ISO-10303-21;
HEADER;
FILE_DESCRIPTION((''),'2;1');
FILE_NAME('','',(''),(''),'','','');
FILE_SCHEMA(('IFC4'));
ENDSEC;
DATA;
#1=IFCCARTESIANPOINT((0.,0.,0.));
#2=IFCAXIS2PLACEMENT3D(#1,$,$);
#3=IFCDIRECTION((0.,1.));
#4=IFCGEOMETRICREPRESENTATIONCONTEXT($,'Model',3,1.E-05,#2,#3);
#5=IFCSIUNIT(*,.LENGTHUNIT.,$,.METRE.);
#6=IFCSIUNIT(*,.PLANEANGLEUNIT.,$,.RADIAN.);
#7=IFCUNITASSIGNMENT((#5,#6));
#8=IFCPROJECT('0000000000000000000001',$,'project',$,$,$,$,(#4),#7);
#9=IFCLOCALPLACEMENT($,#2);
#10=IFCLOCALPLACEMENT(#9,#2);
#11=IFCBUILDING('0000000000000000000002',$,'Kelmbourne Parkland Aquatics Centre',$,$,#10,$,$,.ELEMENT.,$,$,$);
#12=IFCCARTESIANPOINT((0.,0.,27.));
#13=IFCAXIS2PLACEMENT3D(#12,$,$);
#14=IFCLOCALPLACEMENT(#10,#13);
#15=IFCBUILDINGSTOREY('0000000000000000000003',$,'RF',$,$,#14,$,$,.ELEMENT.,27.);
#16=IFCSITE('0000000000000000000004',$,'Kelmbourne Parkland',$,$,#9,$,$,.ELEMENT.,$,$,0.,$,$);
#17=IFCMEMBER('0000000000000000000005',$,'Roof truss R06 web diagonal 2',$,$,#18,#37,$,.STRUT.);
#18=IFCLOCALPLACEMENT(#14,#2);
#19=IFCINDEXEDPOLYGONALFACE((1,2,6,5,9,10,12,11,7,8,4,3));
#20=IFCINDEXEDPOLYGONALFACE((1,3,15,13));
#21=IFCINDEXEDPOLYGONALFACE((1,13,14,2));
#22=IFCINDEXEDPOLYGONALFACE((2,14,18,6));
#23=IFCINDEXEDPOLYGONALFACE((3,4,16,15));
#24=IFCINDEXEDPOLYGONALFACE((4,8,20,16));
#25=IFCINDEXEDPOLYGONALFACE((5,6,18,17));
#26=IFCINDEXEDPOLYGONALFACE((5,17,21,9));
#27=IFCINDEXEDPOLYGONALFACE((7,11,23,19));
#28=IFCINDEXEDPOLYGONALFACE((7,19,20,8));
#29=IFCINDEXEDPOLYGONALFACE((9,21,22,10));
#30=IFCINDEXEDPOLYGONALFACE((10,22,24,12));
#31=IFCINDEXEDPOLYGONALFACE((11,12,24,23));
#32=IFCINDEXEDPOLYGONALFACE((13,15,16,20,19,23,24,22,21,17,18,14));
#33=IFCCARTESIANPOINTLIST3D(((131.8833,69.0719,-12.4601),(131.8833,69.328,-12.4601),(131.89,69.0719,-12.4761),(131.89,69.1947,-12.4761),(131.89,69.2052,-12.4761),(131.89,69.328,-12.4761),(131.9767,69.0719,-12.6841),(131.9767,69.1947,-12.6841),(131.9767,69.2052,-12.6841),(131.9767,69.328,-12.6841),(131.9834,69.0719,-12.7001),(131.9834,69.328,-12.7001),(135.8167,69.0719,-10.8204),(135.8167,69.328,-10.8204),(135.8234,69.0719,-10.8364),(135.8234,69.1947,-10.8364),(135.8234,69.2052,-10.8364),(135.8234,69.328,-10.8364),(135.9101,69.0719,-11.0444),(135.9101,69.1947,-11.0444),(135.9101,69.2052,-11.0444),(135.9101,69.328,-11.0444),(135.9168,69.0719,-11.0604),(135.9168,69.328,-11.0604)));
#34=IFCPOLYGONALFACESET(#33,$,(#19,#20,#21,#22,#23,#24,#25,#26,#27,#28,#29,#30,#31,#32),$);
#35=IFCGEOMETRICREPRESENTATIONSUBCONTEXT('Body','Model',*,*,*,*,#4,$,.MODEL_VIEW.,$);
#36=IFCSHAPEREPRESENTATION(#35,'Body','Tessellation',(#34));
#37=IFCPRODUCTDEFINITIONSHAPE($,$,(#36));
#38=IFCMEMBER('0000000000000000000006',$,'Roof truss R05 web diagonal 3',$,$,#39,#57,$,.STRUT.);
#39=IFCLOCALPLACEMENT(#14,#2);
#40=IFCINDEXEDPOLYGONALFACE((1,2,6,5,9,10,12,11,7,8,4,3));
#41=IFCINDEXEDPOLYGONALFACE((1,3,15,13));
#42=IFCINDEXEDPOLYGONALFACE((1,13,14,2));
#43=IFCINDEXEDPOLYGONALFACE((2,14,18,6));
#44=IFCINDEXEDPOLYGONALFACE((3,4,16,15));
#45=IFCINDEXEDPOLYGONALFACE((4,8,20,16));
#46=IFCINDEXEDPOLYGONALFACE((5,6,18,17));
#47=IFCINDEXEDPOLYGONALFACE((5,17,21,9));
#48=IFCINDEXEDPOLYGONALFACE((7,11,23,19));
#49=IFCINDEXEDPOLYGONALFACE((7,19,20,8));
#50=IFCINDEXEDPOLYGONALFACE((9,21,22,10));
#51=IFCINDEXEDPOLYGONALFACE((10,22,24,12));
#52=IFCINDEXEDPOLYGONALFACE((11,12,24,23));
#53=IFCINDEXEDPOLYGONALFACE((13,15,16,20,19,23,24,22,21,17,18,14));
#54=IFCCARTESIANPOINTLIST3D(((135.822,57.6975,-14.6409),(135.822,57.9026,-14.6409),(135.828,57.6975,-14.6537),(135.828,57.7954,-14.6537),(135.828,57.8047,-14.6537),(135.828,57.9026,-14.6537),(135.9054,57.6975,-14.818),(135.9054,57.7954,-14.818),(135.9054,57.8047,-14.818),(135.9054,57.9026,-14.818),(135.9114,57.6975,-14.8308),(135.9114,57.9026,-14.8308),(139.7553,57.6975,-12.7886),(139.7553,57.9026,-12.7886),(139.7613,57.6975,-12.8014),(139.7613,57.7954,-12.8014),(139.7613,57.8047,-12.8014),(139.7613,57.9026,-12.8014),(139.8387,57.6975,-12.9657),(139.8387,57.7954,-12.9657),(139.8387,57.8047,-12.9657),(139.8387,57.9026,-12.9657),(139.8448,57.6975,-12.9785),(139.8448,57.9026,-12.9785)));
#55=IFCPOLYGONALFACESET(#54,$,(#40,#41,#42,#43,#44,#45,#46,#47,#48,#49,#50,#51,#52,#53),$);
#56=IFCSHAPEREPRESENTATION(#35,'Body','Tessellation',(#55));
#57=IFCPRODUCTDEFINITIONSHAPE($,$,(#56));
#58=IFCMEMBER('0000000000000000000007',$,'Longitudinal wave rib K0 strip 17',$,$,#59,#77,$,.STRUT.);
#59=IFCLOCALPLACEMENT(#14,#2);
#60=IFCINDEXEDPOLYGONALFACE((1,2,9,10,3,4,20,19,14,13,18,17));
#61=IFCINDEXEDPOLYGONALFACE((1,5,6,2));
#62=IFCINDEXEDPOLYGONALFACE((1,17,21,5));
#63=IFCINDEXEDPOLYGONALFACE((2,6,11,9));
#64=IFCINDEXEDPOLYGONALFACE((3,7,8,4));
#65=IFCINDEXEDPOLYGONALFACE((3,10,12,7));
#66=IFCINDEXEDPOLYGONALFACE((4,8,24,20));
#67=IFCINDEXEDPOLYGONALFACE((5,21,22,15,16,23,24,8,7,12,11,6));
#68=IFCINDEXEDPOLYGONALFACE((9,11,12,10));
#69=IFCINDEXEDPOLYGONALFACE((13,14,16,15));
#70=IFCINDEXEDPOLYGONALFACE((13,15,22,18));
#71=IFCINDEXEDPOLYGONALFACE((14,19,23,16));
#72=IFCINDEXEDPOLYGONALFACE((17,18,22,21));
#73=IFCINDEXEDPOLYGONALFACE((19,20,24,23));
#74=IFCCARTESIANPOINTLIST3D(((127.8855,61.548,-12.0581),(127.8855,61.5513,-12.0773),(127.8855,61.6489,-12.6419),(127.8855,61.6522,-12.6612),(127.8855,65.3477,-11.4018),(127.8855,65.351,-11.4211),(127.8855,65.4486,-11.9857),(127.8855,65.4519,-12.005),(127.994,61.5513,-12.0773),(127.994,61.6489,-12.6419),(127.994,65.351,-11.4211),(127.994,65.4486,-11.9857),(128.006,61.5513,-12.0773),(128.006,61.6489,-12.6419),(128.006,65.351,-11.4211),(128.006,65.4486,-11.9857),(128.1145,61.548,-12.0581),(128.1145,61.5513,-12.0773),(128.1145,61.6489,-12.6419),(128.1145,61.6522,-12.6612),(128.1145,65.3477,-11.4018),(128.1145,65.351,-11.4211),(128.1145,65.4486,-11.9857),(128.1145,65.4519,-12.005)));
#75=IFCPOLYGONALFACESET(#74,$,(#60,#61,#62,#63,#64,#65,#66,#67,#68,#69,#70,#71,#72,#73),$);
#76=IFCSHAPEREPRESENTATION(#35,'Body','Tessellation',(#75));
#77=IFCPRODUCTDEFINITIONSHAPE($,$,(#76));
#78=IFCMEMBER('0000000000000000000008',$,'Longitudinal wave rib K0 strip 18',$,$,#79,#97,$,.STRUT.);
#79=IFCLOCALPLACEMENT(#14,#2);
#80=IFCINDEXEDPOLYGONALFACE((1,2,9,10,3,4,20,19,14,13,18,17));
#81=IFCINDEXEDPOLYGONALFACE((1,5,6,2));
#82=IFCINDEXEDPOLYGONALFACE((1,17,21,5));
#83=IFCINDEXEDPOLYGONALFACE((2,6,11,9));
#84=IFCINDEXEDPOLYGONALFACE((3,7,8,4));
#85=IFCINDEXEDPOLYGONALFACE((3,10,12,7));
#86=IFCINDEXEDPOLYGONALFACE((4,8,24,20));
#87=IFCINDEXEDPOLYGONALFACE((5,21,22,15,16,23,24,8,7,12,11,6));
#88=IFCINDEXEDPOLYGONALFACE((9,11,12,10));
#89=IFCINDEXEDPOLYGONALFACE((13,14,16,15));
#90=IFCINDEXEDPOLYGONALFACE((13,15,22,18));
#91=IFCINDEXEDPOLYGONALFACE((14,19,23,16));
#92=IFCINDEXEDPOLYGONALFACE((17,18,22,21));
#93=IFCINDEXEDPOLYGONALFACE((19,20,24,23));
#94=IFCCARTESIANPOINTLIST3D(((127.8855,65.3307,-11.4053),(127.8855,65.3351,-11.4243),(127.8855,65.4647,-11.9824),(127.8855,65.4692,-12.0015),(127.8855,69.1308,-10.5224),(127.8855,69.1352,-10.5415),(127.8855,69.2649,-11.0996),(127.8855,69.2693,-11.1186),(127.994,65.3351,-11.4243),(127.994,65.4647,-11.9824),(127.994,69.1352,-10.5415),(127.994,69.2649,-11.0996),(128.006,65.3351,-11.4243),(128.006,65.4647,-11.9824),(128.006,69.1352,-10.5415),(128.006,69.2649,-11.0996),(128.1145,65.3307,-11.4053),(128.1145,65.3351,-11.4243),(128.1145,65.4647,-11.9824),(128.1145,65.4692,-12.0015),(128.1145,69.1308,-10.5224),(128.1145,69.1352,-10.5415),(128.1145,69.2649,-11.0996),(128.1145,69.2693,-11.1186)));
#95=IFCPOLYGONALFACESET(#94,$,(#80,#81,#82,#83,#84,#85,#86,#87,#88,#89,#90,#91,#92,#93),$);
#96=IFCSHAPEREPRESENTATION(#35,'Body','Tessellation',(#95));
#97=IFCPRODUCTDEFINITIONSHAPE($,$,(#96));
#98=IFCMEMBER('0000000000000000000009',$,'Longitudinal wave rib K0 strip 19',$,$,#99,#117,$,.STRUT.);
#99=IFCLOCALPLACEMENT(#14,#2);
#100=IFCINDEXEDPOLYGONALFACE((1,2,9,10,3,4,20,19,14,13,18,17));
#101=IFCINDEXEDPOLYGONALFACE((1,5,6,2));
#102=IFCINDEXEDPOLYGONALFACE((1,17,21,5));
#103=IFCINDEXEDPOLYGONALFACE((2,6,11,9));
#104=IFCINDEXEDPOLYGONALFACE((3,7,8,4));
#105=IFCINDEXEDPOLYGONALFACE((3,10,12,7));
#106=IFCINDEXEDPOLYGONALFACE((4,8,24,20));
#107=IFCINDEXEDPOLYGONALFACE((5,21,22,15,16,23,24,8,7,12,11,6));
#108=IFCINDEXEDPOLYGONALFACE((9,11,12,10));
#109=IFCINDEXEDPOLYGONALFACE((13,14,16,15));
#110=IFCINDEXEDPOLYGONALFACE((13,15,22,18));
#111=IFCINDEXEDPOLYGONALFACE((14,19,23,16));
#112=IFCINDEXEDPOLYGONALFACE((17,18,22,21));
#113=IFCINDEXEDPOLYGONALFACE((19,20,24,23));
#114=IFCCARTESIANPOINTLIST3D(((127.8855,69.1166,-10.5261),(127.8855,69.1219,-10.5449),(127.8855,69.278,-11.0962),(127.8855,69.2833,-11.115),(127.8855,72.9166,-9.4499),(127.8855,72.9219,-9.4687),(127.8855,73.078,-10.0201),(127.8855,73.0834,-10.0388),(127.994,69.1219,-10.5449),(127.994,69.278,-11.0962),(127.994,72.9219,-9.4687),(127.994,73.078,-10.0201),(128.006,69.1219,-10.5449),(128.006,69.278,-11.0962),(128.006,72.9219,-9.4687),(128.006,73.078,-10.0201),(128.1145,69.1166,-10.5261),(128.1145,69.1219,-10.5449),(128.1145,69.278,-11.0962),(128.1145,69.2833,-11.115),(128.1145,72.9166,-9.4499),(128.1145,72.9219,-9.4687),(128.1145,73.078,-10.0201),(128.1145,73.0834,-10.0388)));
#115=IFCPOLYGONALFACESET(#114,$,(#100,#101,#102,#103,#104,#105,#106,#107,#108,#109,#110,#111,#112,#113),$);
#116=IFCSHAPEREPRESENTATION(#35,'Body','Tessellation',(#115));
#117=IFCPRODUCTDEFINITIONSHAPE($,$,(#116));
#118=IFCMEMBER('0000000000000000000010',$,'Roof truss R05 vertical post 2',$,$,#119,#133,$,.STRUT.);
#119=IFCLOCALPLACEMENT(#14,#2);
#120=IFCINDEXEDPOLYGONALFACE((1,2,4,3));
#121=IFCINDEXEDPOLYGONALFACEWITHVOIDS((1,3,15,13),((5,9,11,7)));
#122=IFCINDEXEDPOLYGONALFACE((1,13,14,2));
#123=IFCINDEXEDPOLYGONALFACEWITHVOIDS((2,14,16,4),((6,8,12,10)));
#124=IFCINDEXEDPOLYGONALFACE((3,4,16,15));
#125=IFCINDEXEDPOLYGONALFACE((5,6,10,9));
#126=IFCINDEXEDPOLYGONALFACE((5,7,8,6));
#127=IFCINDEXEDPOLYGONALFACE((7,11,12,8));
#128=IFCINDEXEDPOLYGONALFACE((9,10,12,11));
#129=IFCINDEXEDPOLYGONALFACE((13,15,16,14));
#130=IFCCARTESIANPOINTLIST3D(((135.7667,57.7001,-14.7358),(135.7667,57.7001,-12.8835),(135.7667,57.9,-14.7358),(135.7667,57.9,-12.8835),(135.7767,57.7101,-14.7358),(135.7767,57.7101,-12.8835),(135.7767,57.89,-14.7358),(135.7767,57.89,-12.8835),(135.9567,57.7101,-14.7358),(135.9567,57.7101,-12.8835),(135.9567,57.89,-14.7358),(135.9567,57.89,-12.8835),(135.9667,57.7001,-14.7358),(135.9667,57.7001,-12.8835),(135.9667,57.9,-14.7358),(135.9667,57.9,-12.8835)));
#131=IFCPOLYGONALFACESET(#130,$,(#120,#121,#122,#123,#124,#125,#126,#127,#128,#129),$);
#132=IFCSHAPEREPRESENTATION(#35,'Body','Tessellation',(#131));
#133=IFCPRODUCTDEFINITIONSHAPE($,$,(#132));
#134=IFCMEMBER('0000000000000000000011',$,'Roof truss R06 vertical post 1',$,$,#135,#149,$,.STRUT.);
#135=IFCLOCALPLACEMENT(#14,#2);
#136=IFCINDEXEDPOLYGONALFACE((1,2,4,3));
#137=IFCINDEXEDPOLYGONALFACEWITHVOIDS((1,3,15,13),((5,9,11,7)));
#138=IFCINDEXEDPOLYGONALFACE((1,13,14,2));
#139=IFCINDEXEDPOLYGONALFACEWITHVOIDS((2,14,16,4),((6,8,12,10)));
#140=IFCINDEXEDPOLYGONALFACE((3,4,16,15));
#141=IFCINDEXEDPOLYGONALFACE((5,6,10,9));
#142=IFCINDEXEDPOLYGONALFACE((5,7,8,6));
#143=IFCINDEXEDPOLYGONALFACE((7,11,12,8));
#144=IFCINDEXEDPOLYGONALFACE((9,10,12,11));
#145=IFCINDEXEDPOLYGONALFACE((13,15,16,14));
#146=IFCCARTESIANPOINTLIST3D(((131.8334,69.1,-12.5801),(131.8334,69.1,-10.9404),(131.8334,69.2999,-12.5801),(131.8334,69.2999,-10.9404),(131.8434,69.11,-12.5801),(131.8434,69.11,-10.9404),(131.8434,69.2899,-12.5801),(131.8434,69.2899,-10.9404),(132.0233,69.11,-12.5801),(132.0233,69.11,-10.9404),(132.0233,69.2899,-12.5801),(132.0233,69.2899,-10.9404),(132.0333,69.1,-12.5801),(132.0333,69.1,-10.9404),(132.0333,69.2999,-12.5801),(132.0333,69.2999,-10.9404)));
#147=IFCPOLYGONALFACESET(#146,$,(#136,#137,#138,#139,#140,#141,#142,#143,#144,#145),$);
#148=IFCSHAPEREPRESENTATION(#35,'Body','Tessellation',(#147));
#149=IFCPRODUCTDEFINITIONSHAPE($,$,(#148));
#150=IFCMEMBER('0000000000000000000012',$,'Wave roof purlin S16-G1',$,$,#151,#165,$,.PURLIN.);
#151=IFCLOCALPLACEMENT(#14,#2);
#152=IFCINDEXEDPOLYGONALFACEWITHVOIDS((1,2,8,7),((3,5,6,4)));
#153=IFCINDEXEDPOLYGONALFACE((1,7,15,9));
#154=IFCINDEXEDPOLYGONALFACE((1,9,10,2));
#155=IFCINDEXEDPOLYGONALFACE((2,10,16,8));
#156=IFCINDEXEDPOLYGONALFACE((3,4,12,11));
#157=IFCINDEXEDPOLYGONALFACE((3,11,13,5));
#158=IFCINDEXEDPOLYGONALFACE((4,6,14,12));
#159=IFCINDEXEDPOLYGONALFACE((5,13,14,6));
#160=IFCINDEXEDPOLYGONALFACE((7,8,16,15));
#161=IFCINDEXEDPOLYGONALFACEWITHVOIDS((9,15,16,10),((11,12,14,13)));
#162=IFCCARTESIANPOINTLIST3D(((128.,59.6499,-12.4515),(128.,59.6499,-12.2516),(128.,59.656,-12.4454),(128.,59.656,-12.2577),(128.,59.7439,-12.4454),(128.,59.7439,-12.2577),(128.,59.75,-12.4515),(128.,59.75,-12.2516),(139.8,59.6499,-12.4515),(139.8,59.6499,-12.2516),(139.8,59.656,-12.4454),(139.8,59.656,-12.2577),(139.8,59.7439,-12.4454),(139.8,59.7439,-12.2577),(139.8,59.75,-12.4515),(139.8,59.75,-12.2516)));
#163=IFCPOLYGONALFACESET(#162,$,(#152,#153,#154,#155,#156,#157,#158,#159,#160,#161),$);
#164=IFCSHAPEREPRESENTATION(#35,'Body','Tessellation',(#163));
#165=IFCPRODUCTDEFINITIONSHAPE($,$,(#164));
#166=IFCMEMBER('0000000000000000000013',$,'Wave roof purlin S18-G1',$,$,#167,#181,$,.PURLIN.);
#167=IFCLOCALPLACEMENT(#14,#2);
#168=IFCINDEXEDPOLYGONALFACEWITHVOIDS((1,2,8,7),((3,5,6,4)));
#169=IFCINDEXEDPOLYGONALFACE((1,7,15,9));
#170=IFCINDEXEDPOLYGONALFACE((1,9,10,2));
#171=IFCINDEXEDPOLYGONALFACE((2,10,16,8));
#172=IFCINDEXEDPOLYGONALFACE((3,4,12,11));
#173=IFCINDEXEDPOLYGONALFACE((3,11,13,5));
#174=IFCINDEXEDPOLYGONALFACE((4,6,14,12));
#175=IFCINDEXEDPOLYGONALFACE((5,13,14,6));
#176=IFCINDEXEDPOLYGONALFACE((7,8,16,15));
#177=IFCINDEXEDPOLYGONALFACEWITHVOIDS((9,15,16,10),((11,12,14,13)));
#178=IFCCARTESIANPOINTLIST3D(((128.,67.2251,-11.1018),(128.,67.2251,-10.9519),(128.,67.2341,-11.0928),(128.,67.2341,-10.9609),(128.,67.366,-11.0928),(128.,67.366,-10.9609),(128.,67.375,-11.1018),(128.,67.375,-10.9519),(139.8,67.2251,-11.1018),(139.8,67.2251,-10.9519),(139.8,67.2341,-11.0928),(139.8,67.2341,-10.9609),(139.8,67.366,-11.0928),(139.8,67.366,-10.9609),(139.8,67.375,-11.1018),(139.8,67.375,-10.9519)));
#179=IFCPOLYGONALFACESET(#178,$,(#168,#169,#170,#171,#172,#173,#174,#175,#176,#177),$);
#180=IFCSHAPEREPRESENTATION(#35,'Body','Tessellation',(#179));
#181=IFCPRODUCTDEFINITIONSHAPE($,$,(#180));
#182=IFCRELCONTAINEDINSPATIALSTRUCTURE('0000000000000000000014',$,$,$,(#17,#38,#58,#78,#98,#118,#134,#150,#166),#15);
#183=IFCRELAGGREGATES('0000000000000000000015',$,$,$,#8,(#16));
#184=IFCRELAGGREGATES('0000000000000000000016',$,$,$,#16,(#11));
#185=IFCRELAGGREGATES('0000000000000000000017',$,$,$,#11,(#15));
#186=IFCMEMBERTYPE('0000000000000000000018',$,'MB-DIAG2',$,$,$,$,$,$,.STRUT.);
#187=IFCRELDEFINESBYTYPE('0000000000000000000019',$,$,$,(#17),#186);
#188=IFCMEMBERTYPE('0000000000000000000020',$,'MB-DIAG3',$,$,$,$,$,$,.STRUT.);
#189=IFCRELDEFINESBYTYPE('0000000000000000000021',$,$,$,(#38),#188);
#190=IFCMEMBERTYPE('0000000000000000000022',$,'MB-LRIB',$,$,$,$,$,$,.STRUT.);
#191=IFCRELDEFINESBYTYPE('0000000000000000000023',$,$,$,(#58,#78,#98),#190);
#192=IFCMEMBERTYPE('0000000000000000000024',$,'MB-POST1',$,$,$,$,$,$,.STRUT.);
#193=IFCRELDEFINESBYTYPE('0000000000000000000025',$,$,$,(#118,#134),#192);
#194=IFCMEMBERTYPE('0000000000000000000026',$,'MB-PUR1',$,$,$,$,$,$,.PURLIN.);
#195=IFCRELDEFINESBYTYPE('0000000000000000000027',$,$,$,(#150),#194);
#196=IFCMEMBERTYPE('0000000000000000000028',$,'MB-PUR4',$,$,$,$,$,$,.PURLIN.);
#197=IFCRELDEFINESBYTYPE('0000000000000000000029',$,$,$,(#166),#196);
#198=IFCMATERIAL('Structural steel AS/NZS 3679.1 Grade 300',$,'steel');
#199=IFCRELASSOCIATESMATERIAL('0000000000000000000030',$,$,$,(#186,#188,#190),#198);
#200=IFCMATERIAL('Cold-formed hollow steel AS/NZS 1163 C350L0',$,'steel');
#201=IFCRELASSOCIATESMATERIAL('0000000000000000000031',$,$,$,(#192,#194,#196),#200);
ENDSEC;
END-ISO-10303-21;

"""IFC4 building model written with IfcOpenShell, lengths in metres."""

from ifc_helpers import new_model, si_unit, direction, frame, origin, origin_2d, place, context, subcontext, project, spatial, hollow_rectangle, i_section, extrude, material, material_profile, profile_set, type_object, element, save


model = new_model("IFC4")

# Units and contexts
model_context = context("Model", 3, precision=1e-05, world=origin(), true_north=direction((0.0, 1.0)))
body_context = subcontext(model_context, "Body", "Model", "MODEL_VIEW")
ifc_project = project(units=[si_unit("LENGTHUNIT", "METRE"), si_unit("PLANEANGLEUNIT", "RADIAN")], contexts=[model_context])

# Site, building, storey
site_placement = place(None, origin())
site = spatial("IfcSite", under=ifc_project, at=site_placement, Name="Kelmbourne Parkland", CompositionType="ELEMENT", RefElevation=0.0)
building_placement = place(site_placement, origin())
building = spatial("IfcBuilding", under=site, at=building_placement, Name="Kelmbourne Parkland Aquatics Centre", CompositionType="ELEMENT")
storey_placement = place(building_placement, frame((0.0, 0.0, 27.0)))
storey = spatial("IfcBuildingStorey", under=building, at=storey_placement, Name="RF", CompositionType="ELEMENT", Elevation=27.0)

# Members
ifc_material_1 = material(Name="Structural steel AS/NZS 3679.1 Grade 300", Category="steel")
ifc_material_profile_1 = material_profile(ifc_material_1, i_section(OverallWidth=0.2561, OverallDepth=0.26, WebThickness=0.0105, FlangeThickness=0.0173, at=origin_2d()), Name="250UC89.5")
ifc_profile_set_1 = profile_set([ifc_material_profile_1], Name="Structural steel AS/NZS 3679.1 Grade 300")
member_type_1 = type_object("IfcMemberType", Name="MB-DIAG2", PredefinedType="STRUT", material=ifc_profile_set_1)
member_1_placement = place(storey_placement, frame((131.9333, 69.2, -12.5801), z_axis=(0.923014, 0.0, 0.384766), x_axis=(0.0, 1.0, 0.0)))
element("IfcMember", 1, at=member_1_placement, inside=storey, type_object=member_type_1, Name="Roof truss R06 web diagonal 2", PredefinedType="STRUT", context=body_context, shape_type="SweptSolid", body=[
    extrude(i_section(OverallWidth=0.2561, OverallDepth=0.26, WebThickness=0.0105, FlangeThickness=0.0173, at=origin_2d()), origin(), (0.0, 0.0, 1.0), 4.2615),
])
ifc_material_profile_2 = material_profile(ifc_material_1, i_section(OverallWidth=0.2051, OverallDepth=0.21, WebThickness=0.0093, FlangeThickness=0.0142, at=origin_2d()), Name="200UC59.5")
ifc_profile_set_2 = profile_set([ifc_material_profile_2], Name="Structural steel AS/NZS 3679.1 Grade 300")
member_type_2 = type_object("IfcMemberType", Name="MB-DIAG3", PredefinedType="STRUT", material=ifc_profile_set_2)
member_2_placement = place(storey_placement, frame((135.8667, 57.8, -14.7358), z_axis=(0.904703, 0.0, 0.426043), x_axis=(0.0, 1.0, 0.0)))
element("IfcMember", 2, at=member_2_placement, inside=storey, type_object=member_type_2, Name="Roof truss R05 web diagonal 3", PredefinedType="STRUT", context=body_context, shape_type="SweptSolid", body=[
    extrude(i_section(OverallWidth=0.2051, OverallDepth=0.21, WebThickness=0.0093, FlangeThickness=0.0142, at=origin_2d()), origin(), (0.0, 0.0, 1.0), 4.3477),
])
ifc_material_profile_3 = material_profile(ifc_material_1, i_section(OverallWidth=0.229, OverallDepth=0.6121, WebThickness=0.012, FlangeThickness=0.0195, at=origin_2d()), Name="610UB125")
ifc_profile_set_3 = profile_set([ifc_material_profile_3], Name="Structural steel AS/NZS 3679.1 Grade 300")
member_type_3 = type_object("IfcMemberType", Name="MB-LRIB", PredefinedType="STRUT", material=ifc_profile_set_3)
member_3_placement = place(storey_placement, frame((128.0, 61.6001, -12.3596), z_axis=(0.0, 0.985412, 0.170187), x_axis=(-1.0, 0.0, 0.0)))
element("IfcMember", 3, at=member_3_placement, inside=storey, type_object=member_type_3, Name="Longitudinal wave rib K0 strip 17", PredefinedType="STRUT", context=body_context, shape_type="SweptSolid", body=[
    extrude(i_section(OverallWidth=0.229, OverallDepth=0.6121, WebThickness=0.012, FlangeThickness=0.0195, at=origin_2d()), origin(), (0.0, 0.0, 1.0), 3.856),
])
member_4_placement = place(storey_placement, frame((128.0, 65.3999, -11.7034), z_axis=(0.0, 0.97406, 0.22629), x_axis=(-1.0, 0.0, 0.0)))
element("IfcMember", 4, at=member_4_placement, inside=storey, type_object=member_type_3, Name="Longitudinal wave rib K0 strip 18", PredefinedType="STRUT", context=body_context, shape_type="SweptSolid", body=[
    extrude(i_section(OverallWidth=0.229, OverallDepth=0.6121, WebThickness=0.012, FlangeThickness=0.0195, at=origin_2d()), origin(), (0.0, 0.0, 1.0), 3.9014),
])
member_5_placement = place(storey_placement, frame((128.0, 69.2, -10.8206), z_axis=(0.0, 0.96216, 0.272483), x_axis=(-1.0, 0.0, 0.0)))
element("IfcMember", 5, at=member_5_placement, inside=storey, type_object=member_type_3, Name="Longitudinal wave rib K0 strip 19", PredefinedType="STRUT", context=body_context, shape_type="SweptSolid", body=[
    extrude(i_section(OverallWidth=0.229, OverallDepth=0.6121, WebThickness=0.012, FlangeThickness=0.0195, at=origin_2d()), origin(), (0.0, 0.0, 1.0), 3.9495),
])
ifc_material_2 = material(Name="Cold-formed hollow steel AS/NZS 1163 C350L0", Category="steel")
ifc_material_profile_4 = material_profile(ifc_material_2, hollow_rectangle(XDim=0.2, YDim=0.2, WallThickness=0.01, at=origin_2d()), Name="SHS 200x200x10.0")
ifc_profile_set_4 = profile_set([ifc_material_profile_4], Name="Cold-formed hollow steel AS/NZS 1163 C350L0")
member_type_4 = type_object("IfcMemberType", Name="MB-POST1", PredefinedType="STRUT", material=ifc_profile_set_4)
member_6_placement = place(storey_placement, frame((135.8667, 57.8, -14.7358), z_axis=(0.0, 0.0, 1.0), x_axis=(1.0, 0.0, 0.0)))
element("IfcMember", 6, at=member_6_placement, inside=storey, type_object=member_type_4, Name="Roof truss R05 vertical post 2", PredefinedType="STRUT", context=body_context, shape_type="SweptSolid", body=[
    extrude(hollow_rectangle(XDim=0.2, YDim=0.2, WallThickness=0.01, at=origin_2d()), origin(), (0.0, 0.0, 1.0), 1.8523),
])
member_7_placement = place(storey_placement, frame((131.9333, 69.2, -12.5801), z_axis=(0.0, 0.0, 1.0), x_axis=(1.0, 0.0, 0.0)))
element("IfcMember", 7, at=member_7_placement, inside=storey, type_object=member_type_4, Name="Roof truss R06 vertical post 1", PredefinedType="STRUT", context=body_context, shape_type="SweptSolid", body=[
    extrude(hollow_rectangle(XDim=0.2, YDim=0.2, WallThickness=0.01, at=origin_2d()), origin(), (0.0, 0.0, 1.0), 1.6396),
])
ifc_material_profile_5 = material_profile(ifc_material_2, hollow_rectangle(XDim=0.1001, YDim=0.2, WallThickness=0.0061, at=origin_2d()), Name="RHS 200x100x6.0")
ifc_profile_set_5 = profile_set([ifc_material_profile_5], Name="Cold-formed hollow steel AS/NZS 1163 C350L0")
member_type_5 = type_object("IfcMemberType", Name="MB-PUR1", PredefinedType="PURLIN", material=ifc_profile_set_5)
member_8_placement = place(storey_placement, frame((128.0, 59.7, -12.3516), z_axis=(1.0, 0.0, 0.0), x_axis=(0.0, 1.0, 0.0)))
element("IfcMember", 8, at=member_8_placement, inside=storey, type_object=member_type_5, Name="Wave roof purlin S16-G1", PredefinedType="PURLIN", context=body_context, shape_type="SweptSolid", body=[
    extrude(hollow_rectangle(XDim=0.1001, YDim=0.2, WallThickness=0.0061, at=origin_2d()), origin(), (0.0, 0.0, 1.0), 11.8),
])
ifc_material_profile_6 = material_profile(ifc_material_2, hollow_rectangle(XDim=0.1499, YDim=0.1499, WallThickness=0.009, at=origin_2d()), Name="SHS 150x150x9.0")
ifc_profile_set_6 = profile_set([ifc_material_profile_6], Name="Cold-formed hollow steel AS/NZS 1163 C350L0")
member_type_6 = type_object("IfcMemberType", Name="MB-PUR4", PredefinedType="PURLIN", material=ifc_profile_set_6)
member_9_placement = place(storey_placement, frame((128.0, 67.3, -11.0269), z_axis=(1.0, 0.0, 0.0), x_axis=(0.0, 1.0, 0.0)))
element("IfcMember", 9, at=member_9_placement, inside=storey, type_object=member_type_6, Name="Wave roof purlin S18-G1", PredefinedType="PURLIN", context=body_context, shape_type="SweptSolid", body=[
    extrude(hollow_rectangle(XDim=0.1499, YDim=0.1499, WallThickness=0.009, at=origin_2d()), origin(), (0.0, 0.0, 1.0), 11.8),
])

save(model, "model.ifc")
